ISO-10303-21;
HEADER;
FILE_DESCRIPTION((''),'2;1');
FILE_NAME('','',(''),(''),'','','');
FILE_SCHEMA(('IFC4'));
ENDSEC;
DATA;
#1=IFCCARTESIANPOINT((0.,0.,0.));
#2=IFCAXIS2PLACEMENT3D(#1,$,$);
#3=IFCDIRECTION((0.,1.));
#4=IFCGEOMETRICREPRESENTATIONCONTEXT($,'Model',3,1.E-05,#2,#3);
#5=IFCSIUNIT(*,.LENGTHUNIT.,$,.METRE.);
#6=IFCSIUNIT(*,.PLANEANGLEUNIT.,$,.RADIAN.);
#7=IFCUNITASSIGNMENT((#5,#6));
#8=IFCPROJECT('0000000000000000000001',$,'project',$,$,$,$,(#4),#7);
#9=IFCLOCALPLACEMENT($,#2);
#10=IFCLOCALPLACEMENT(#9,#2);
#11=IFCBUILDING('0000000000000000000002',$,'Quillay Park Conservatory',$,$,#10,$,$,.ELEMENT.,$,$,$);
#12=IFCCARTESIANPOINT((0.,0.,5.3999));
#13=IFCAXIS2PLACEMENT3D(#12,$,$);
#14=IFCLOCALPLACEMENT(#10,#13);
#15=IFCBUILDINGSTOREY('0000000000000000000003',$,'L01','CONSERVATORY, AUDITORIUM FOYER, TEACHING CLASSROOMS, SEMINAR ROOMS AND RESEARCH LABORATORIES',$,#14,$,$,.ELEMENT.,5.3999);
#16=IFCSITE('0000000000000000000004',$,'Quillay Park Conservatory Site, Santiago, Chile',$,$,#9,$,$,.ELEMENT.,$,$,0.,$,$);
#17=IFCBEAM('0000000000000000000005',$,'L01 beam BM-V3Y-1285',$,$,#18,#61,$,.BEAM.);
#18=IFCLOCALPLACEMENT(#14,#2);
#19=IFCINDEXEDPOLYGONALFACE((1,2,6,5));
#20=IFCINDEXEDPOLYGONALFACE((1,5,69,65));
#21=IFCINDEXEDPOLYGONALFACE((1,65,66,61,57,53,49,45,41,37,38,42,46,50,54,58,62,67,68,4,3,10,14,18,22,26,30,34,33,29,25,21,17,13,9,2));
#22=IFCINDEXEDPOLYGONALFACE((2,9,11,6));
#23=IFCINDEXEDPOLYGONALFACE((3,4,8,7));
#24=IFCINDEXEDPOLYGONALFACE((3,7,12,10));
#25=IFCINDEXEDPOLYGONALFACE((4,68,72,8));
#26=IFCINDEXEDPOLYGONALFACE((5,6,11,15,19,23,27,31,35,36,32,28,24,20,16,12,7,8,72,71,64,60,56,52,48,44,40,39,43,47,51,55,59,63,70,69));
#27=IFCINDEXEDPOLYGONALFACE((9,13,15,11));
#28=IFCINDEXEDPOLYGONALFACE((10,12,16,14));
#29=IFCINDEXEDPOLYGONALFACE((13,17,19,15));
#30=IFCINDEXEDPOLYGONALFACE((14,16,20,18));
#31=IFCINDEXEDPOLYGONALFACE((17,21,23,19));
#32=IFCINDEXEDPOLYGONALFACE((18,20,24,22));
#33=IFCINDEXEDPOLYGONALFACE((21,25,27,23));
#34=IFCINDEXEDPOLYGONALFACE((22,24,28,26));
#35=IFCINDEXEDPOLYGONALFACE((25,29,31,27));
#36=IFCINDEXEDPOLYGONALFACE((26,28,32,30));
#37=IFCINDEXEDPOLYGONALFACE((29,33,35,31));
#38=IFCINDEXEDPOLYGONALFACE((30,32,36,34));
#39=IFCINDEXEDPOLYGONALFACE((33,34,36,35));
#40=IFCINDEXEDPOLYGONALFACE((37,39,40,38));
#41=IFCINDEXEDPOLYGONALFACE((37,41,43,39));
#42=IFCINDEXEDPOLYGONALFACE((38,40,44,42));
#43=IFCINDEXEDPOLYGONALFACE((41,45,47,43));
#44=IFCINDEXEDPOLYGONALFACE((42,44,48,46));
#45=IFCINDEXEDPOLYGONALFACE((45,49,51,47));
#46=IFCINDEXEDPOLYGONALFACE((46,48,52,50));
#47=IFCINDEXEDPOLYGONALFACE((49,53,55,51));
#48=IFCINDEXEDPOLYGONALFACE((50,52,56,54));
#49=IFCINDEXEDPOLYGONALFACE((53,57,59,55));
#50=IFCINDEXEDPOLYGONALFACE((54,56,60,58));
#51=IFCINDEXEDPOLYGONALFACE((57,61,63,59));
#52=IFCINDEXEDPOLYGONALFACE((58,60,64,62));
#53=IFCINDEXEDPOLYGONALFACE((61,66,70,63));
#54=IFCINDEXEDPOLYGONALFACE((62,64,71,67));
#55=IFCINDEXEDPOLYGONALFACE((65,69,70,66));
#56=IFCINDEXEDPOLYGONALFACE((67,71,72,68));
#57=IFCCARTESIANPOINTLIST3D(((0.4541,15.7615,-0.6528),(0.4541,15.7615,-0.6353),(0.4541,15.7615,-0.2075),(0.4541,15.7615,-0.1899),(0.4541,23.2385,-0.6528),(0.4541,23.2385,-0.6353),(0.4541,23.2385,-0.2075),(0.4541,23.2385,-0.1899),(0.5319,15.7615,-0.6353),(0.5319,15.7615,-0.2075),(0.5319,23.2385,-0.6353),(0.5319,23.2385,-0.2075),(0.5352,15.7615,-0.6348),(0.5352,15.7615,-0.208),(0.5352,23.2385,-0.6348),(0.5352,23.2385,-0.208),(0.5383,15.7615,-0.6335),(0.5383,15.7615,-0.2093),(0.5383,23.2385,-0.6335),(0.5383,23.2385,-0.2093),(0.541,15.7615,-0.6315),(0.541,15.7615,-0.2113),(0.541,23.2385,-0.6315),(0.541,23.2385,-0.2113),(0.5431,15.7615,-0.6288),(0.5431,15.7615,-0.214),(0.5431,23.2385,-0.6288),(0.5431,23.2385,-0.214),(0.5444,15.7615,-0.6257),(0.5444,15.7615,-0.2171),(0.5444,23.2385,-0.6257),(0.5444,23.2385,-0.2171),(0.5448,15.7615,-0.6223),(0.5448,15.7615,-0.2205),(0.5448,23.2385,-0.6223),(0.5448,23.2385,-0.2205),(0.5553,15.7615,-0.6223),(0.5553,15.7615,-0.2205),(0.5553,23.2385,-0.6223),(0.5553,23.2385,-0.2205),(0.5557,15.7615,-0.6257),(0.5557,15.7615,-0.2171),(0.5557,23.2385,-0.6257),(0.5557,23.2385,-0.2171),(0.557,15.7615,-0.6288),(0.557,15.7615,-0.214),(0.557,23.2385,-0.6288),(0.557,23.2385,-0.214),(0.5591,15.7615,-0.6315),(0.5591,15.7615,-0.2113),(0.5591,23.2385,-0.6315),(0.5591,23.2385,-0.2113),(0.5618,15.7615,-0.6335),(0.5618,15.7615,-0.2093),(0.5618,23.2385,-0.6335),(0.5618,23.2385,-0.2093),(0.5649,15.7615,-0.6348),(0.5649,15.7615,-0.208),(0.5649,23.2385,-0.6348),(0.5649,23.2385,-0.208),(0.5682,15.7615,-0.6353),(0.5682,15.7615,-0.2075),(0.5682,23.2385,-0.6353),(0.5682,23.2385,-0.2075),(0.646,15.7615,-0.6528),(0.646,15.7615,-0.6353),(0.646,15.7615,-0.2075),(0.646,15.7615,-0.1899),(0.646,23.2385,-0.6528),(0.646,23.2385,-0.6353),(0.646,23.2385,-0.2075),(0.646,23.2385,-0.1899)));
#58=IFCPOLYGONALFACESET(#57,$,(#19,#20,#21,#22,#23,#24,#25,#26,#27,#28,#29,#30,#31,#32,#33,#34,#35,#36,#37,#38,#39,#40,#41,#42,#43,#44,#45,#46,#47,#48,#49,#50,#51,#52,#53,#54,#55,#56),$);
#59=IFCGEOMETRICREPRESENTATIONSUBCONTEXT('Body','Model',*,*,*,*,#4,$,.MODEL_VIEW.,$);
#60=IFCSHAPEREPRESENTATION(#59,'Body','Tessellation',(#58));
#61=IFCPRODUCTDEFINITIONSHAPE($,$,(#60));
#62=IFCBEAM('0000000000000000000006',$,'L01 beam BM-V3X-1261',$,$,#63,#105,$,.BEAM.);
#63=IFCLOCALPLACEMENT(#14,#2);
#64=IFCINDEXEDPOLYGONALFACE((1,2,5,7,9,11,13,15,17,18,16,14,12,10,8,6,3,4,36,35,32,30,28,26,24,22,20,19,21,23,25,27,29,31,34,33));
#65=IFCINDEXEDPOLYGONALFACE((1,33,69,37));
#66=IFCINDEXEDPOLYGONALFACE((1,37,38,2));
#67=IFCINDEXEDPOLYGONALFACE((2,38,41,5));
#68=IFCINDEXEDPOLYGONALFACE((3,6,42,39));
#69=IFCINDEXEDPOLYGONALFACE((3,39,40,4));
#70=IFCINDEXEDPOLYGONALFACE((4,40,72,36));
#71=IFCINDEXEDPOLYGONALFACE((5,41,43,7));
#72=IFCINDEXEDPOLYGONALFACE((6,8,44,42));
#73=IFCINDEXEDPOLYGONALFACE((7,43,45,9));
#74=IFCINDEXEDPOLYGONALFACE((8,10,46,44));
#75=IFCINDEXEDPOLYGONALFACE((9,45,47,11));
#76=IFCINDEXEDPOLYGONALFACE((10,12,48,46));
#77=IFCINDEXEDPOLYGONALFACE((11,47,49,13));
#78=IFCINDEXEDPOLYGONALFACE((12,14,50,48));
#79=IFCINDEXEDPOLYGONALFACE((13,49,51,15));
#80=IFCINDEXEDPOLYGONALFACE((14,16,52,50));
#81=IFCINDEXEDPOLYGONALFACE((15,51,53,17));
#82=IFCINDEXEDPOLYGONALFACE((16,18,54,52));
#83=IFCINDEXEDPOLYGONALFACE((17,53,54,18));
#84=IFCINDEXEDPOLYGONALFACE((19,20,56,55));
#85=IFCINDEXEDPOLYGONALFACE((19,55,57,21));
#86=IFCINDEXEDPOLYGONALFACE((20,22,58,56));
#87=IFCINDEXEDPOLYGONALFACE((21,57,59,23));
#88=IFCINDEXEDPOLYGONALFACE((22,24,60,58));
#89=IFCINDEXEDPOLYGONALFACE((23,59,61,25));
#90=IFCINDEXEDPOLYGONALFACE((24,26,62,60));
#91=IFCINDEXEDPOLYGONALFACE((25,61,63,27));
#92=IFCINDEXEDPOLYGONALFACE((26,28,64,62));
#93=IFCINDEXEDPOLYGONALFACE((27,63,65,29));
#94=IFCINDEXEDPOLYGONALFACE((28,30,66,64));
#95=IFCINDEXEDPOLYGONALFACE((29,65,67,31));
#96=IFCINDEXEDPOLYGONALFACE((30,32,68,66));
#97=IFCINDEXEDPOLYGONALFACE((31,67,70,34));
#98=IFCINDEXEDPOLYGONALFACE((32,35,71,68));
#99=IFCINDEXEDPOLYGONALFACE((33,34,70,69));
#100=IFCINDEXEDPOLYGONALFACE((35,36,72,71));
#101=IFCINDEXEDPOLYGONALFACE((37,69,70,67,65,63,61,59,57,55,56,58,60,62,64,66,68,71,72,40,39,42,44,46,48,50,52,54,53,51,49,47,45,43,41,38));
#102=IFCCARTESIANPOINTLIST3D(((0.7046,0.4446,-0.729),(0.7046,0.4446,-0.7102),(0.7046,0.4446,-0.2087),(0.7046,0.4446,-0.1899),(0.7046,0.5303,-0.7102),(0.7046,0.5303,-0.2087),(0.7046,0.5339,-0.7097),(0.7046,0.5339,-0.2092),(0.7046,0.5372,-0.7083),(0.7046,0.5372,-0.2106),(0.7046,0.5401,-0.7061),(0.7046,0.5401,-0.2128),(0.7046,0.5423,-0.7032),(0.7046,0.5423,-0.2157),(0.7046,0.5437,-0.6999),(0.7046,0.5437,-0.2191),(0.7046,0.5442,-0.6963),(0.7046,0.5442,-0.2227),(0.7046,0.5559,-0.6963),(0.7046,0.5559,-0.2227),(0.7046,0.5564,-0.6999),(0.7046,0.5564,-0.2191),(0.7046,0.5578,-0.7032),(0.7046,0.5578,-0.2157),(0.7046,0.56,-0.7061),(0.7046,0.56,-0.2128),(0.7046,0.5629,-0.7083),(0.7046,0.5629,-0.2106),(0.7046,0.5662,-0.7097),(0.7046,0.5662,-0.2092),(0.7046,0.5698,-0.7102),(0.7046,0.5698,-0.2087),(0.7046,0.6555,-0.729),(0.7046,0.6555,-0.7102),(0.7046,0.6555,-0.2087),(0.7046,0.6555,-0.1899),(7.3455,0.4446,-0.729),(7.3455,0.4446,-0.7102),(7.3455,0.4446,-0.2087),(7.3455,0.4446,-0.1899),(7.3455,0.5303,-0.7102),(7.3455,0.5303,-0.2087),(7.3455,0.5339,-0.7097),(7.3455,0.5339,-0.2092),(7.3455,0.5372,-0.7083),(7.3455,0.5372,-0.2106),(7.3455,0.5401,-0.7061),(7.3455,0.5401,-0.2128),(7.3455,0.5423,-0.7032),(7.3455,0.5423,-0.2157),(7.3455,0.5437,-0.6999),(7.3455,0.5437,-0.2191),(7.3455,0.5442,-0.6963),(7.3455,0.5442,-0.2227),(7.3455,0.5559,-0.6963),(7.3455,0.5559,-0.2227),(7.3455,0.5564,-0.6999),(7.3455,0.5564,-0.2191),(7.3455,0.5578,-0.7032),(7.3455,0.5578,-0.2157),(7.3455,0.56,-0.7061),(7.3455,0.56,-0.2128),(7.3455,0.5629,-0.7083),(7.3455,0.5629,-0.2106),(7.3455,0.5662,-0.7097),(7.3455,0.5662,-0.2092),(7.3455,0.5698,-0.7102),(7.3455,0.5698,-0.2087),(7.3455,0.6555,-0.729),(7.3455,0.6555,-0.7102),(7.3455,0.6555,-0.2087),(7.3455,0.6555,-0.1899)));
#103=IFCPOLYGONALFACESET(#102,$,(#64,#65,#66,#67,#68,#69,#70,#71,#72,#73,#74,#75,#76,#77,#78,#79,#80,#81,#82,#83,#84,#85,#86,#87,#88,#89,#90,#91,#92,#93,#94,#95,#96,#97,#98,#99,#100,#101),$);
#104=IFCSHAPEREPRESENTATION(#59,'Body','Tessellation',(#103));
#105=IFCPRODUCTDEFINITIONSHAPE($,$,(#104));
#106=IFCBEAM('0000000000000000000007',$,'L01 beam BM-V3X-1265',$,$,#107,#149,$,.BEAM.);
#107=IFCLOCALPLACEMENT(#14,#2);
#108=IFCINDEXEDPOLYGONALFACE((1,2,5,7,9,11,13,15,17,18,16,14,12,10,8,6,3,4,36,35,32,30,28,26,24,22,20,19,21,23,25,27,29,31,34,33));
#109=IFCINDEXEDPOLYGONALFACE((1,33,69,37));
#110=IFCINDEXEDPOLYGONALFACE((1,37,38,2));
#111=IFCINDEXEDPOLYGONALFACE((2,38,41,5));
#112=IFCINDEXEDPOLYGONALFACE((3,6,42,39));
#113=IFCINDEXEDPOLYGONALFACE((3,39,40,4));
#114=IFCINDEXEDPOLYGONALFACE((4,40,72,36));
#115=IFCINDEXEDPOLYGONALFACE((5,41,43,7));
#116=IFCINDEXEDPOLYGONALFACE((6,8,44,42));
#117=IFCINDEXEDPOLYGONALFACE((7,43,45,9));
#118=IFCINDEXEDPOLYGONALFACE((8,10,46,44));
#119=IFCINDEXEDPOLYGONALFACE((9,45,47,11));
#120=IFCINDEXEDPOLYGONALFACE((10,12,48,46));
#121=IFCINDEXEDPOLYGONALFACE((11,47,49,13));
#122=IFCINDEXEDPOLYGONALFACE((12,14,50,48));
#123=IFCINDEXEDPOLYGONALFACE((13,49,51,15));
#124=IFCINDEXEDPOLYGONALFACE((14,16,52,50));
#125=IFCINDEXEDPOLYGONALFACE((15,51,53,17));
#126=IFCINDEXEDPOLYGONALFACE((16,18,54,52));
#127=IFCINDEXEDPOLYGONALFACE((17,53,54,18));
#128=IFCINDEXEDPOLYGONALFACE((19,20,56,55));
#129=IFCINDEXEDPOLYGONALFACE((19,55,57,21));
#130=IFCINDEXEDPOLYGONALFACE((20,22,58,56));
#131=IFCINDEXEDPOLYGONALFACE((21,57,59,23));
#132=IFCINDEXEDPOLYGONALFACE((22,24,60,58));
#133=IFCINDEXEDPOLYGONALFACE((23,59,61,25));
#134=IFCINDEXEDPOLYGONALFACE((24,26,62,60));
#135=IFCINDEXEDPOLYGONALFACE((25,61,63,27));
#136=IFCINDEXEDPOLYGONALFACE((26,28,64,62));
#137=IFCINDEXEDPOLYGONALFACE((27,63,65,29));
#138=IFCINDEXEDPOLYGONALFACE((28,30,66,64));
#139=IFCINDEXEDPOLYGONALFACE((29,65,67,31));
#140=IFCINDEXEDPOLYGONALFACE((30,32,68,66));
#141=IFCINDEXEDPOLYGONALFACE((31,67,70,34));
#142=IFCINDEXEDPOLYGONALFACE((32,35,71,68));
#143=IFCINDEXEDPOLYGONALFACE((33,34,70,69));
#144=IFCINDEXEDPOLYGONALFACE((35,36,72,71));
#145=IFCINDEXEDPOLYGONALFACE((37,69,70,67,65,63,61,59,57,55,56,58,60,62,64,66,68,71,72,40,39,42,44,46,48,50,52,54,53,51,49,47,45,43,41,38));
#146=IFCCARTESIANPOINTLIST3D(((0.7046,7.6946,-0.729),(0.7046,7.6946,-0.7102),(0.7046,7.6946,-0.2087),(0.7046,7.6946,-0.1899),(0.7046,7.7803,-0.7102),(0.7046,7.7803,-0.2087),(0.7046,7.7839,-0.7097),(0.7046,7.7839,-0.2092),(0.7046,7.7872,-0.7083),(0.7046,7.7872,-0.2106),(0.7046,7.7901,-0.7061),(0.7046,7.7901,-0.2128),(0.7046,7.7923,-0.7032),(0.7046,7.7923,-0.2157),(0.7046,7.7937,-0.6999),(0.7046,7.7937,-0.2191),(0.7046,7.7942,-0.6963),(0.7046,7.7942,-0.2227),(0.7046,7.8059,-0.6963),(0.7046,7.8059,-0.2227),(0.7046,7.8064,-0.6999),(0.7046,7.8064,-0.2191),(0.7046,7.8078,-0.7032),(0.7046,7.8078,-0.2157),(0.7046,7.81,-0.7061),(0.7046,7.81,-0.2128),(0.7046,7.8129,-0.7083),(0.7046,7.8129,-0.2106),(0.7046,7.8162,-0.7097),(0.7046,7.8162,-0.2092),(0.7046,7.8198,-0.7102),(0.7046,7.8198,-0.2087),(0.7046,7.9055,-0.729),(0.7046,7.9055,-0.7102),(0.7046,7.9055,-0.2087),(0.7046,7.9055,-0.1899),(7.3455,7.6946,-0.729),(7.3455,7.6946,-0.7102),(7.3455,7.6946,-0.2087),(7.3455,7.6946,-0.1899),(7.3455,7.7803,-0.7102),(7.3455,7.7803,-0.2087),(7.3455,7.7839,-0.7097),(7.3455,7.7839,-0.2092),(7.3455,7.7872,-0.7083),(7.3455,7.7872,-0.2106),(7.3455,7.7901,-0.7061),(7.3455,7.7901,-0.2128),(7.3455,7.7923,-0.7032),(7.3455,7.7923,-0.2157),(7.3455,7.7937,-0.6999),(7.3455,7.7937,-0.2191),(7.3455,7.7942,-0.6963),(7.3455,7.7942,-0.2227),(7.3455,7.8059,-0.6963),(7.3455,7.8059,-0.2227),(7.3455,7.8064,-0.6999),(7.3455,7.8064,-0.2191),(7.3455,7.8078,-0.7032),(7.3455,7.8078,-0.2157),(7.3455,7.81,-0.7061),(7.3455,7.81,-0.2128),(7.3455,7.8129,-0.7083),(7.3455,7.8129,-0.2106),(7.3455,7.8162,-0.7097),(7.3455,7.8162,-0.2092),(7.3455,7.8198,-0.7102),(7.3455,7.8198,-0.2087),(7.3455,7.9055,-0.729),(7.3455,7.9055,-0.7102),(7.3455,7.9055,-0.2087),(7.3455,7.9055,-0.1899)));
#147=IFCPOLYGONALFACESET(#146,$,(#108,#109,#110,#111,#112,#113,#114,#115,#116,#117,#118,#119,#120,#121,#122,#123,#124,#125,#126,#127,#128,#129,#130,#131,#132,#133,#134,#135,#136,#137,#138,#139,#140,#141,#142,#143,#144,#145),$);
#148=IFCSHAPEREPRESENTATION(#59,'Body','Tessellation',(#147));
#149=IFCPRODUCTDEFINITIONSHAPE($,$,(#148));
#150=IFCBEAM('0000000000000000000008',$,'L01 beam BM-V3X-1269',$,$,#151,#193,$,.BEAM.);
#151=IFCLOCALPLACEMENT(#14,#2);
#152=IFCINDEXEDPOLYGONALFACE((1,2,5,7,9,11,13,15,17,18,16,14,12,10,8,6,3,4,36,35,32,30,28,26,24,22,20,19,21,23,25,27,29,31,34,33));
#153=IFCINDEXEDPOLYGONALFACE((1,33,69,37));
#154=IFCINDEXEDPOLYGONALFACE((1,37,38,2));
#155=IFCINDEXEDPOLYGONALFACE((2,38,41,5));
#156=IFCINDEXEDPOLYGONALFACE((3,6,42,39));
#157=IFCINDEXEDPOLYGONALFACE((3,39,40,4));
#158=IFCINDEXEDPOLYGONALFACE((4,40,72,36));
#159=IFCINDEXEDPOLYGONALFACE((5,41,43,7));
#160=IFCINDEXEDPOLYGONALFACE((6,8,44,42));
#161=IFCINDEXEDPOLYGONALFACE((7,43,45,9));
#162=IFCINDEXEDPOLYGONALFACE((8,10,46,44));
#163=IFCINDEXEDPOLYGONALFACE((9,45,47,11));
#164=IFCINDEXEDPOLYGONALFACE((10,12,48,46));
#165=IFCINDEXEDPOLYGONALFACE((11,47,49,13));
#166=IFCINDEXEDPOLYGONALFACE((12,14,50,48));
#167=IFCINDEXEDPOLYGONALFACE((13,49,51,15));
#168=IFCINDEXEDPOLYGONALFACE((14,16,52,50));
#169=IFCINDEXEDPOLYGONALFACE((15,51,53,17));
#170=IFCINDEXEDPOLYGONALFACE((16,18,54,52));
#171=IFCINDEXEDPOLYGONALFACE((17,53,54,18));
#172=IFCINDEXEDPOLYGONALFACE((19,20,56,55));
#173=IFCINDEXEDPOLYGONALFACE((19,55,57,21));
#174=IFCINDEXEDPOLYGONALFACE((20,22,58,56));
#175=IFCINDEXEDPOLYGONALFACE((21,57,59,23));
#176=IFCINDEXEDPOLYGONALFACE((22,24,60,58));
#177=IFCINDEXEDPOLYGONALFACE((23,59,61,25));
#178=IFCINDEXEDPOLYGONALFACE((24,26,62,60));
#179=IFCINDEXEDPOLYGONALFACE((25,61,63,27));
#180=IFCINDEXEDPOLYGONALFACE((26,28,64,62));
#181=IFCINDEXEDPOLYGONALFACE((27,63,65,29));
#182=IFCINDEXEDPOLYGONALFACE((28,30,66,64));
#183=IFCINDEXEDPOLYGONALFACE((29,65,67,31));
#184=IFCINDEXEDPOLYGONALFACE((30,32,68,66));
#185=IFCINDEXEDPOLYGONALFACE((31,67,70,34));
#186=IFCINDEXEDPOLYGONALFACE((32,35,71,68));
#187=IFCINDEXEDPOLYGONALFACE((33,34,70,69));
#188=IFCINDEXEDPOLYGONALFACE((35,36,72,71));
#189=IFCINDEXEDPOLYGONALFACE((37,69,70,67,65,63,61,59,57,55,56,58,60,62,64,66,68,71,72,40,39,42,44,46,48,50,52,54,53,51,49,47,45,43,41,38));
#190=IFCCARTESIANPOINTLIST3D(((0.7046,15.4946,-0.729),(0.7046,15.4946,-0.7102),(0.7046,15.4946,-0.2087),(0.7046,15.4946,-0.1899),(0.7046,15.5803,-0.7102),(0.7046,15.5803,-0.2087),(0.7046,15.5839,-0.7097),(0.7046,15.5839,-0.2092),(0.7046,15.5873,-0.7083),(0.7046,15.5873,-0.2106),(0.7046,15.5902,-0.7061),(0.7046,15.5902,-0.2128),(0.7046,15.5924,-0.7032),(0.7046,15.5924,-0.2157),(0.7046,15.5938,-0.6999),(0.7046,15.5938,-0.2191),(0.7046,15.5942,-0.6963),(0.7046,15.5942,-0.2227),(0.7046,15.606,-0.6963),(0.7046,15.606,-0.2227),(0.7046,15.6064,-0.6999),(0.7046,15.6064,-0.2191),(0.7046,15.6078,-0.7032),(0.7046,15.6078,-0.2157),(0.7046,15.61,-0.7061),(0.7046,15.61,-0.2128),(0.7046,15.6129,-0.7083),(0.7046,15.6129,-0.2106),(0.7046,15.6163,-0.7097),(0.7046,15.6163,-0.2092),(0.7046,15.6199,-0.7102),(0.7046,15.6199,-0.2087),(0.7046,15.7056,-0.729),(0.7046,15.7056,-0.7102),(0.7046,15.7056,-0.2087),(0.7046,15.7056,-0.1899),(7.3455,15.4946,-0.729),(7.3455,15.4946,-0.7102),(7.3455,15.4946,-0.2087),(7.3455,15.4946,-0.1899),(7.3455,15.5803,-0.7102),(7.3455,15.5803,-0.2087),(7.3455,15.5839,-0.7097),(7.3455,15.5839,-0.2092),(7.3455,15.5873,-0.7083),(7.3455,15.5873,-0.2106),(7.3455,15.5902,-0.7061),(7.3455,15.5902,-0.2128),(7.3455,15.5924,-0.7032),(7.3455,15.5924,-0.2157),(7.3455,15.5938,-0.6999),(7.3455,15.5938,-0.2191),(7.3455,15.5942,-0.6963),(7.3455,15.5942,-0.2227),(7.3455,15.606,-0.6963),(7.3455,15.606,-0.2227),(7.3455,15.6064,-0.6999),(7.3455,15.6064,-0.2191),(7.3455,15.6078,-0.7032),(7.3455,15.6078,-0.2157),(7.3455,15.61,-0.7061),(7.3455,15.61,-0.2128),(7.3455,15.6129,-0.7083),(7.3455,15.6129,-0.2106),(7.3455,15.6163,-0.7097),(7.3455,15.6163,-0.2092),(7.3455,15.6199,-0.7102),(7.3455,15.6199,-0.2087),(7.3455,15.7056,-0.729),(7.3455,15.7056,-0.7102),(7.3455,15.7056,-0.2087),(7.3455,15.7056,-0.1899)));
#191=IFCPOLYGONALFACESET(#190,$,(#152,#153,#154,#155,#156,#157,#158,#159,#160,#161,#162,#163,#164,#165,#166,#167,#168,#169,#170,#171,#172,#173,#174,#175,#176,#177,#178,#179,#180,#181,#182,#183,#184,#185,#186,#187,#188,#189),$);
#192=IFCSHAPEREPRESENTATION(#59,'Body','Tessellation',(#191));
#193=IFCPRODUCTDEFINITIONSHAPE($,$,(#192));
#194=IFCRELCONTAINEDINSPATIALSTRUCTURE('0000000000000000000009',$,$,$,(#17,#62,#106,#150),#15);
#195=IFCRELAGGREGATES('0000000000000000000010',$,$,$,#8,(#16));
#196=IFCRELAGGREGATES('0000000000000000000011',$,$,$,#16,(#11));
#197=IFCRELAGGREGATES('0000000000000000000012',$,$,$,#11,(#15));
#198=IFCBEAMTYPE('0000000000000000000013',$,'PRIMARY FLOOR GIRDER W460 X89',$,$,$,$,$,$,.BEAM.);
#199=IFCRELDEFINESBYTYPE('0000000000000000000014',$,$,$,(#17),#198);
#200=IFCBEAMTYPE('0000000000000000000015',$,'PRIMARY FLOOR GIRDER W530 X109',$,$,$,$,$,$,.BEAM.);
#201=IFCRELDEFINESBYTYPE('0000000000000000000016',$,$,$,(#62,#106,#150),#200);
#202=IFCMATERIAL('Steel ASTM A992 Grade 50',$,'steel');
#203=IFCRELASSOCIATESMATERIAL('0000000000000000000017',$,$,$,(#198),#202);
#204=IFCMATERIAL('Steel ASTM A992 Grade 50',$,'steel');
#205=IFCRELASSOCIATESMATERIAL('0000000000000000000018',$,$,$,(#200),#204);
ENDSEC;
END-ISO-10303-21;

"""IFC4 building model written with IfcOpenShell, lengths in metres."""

from ifc_helpers import new_model, si_unit, direction, frame, origin, origin_2d, place, context, subcontext, project, spatial, i_section, extrude, material, material_profile, profile_set, type_object, element, save


model = new_model("IFC4")

# Units and contexts
model_context = context("Model", 3, precision=1e-05, world=origin(), true_north=direction((0.0, 1.0)))
body_context = subcontext(model_context, "Body", "Model", "MODEL_VIEW")
ifc_project = project(units=[si_unit("LENGTHUNIT", "METRE"), si_unit("PLANEANGLEUNIT", "RADIAN")], contexts=[model_context])

# Site, building, storey
site_placement = place(None, origin())
site = spatial("IfcSite", under=ifc_project, at=site_placement, Name="Quillay Park Conservatory Site, Santiago, Chile", CompositionType="ELEMENT", RefElevation=0.0)
building_placement = place(site_placement, origin())
building = spatial("IfcBuilding", under=site, at=building_placement, Name="Quillay Park Conservatory", CompositionType="ELEMENT")
storey_placement = place(building_placement, frame((0.0, 0.0, 5.3999)))
storey = spatial("IfcBuildingStorey", under=building, at=storey_placement, Name="L01", Description="CONSERVATORY, AUDITORIUM FOYER, TEACHING CLASSROOMS, SEMINAR ROOMS AND RESEARCH LABORATORIES", CompositionType="ELEMENT", Elevation=5.3999)

# Beams
ifc_material_1 = material(Name="Steel ASTM A992 Grade 50", Category="steel")
ifc_material_profile_1 = material_profile(ifc_material_1, i_section(OverallWidth=0.1919, OverallDepth=0.4629, WebThickness=0.0105, FlangeThickness=0.0176, FilletRadius=0.0129, at=origin_2d()), Name="W460x89")
ifc_profile_set_1 = profile_set([ifc_material_profile_1], Name="Steel ASTM A992 Grade 50")
beam_type_1 = type_object("IfcBeamType", Name="PRIMARY FLOOR GIRDER W460 X89", PredefinedType="BEAM", material=ifc_profile_set_1)
for number, where, z_axis, x_axis, name in (
    (1, (0.55, 15.7615, -0.4214), (0.0, 1.0, 0.0), (-1.0, 0.0, 0.0), "L01 beam BM-V3Y-1285"),
):
    element("IfcBeam", number, at=place(storey_placement, frame(where, z_axis=z_axis, x_axis=x_axis)), inside=storey, type_object=beam_type_1, Name=name, PredefinedType="BEAM", context=body_context, shape_type="SweptSolid", body=[
        extrude(i_section(OverallWidth=0.1919, OverallDepth=0.4629, WebThickness=0.0105, FlangeThickness=0.0176, FilletRadius=0.0129, at=origin_2d()), origin(), (0.0, 0.0, 1.0), 7.4771),
    ])
ifc_material_2 = material(Name="Steel ASTM A992 Grade 50", Category="steel")
ifc_material_profile_2 = material_profile(ifc_material_2, i_section(OverallWidth=0.2109, OverallDepth=0.5391, WebThickness=0.0117, FlangeThickness=0.0188, FilletRadius=0.0139, at=origin_2d()), Name="W530x109")
ifc_profile_set_2 = profile_set([ifc_material_profile_2], Name="Steel ASTM A992 Grade 50")
beam_type_2 = type_object("IfcBeamType", Name="PRIMARY FLOOR GIRDER W530 X109", PredefinedType="BEAM", material=ifc_profile_set_2)
for number, where, z_axis, x_axis, name in (
    (2, (0.7046, 0.55, -0.4595), (1.0, 0.0, 0.0), (0.0, 1.0, 0.0), "L01 beam BM-V3X-1261"),
    (3, (0.7046, 7.8, -0.4595), (1.0, 0.0, 0.0), (0.0, 1.0, 0.0), "L01 beam BM-V3X-1265"),
    (4, (0.7046, 15.6001, -0.4595), (1.0, 0.0, 0.0), (0.0, 1.0, 0.0), "L01 beam BM-V3X-1269"),
):
    element("IfcBeam", number, at=place(storey_placement, frame(where, z_axis=z_axis, x_axis=x_axis)), inside=storey, type_object=beam_type_2, Name=name, PredefinedType="BEAM", context=body_context, shape_type="SweptSolid", body=[
        extrude(i_section(OverallWidth=0.2109, OverallDepth=0.5391, WebThickness=0.0117, FlangeThickness=0.0188, FilletRadius=0.0139, at=origin_2d()), origin(), (0.0, 0.0, 1.0), 6.6409),
    ])

save(model, "model.ifc")
